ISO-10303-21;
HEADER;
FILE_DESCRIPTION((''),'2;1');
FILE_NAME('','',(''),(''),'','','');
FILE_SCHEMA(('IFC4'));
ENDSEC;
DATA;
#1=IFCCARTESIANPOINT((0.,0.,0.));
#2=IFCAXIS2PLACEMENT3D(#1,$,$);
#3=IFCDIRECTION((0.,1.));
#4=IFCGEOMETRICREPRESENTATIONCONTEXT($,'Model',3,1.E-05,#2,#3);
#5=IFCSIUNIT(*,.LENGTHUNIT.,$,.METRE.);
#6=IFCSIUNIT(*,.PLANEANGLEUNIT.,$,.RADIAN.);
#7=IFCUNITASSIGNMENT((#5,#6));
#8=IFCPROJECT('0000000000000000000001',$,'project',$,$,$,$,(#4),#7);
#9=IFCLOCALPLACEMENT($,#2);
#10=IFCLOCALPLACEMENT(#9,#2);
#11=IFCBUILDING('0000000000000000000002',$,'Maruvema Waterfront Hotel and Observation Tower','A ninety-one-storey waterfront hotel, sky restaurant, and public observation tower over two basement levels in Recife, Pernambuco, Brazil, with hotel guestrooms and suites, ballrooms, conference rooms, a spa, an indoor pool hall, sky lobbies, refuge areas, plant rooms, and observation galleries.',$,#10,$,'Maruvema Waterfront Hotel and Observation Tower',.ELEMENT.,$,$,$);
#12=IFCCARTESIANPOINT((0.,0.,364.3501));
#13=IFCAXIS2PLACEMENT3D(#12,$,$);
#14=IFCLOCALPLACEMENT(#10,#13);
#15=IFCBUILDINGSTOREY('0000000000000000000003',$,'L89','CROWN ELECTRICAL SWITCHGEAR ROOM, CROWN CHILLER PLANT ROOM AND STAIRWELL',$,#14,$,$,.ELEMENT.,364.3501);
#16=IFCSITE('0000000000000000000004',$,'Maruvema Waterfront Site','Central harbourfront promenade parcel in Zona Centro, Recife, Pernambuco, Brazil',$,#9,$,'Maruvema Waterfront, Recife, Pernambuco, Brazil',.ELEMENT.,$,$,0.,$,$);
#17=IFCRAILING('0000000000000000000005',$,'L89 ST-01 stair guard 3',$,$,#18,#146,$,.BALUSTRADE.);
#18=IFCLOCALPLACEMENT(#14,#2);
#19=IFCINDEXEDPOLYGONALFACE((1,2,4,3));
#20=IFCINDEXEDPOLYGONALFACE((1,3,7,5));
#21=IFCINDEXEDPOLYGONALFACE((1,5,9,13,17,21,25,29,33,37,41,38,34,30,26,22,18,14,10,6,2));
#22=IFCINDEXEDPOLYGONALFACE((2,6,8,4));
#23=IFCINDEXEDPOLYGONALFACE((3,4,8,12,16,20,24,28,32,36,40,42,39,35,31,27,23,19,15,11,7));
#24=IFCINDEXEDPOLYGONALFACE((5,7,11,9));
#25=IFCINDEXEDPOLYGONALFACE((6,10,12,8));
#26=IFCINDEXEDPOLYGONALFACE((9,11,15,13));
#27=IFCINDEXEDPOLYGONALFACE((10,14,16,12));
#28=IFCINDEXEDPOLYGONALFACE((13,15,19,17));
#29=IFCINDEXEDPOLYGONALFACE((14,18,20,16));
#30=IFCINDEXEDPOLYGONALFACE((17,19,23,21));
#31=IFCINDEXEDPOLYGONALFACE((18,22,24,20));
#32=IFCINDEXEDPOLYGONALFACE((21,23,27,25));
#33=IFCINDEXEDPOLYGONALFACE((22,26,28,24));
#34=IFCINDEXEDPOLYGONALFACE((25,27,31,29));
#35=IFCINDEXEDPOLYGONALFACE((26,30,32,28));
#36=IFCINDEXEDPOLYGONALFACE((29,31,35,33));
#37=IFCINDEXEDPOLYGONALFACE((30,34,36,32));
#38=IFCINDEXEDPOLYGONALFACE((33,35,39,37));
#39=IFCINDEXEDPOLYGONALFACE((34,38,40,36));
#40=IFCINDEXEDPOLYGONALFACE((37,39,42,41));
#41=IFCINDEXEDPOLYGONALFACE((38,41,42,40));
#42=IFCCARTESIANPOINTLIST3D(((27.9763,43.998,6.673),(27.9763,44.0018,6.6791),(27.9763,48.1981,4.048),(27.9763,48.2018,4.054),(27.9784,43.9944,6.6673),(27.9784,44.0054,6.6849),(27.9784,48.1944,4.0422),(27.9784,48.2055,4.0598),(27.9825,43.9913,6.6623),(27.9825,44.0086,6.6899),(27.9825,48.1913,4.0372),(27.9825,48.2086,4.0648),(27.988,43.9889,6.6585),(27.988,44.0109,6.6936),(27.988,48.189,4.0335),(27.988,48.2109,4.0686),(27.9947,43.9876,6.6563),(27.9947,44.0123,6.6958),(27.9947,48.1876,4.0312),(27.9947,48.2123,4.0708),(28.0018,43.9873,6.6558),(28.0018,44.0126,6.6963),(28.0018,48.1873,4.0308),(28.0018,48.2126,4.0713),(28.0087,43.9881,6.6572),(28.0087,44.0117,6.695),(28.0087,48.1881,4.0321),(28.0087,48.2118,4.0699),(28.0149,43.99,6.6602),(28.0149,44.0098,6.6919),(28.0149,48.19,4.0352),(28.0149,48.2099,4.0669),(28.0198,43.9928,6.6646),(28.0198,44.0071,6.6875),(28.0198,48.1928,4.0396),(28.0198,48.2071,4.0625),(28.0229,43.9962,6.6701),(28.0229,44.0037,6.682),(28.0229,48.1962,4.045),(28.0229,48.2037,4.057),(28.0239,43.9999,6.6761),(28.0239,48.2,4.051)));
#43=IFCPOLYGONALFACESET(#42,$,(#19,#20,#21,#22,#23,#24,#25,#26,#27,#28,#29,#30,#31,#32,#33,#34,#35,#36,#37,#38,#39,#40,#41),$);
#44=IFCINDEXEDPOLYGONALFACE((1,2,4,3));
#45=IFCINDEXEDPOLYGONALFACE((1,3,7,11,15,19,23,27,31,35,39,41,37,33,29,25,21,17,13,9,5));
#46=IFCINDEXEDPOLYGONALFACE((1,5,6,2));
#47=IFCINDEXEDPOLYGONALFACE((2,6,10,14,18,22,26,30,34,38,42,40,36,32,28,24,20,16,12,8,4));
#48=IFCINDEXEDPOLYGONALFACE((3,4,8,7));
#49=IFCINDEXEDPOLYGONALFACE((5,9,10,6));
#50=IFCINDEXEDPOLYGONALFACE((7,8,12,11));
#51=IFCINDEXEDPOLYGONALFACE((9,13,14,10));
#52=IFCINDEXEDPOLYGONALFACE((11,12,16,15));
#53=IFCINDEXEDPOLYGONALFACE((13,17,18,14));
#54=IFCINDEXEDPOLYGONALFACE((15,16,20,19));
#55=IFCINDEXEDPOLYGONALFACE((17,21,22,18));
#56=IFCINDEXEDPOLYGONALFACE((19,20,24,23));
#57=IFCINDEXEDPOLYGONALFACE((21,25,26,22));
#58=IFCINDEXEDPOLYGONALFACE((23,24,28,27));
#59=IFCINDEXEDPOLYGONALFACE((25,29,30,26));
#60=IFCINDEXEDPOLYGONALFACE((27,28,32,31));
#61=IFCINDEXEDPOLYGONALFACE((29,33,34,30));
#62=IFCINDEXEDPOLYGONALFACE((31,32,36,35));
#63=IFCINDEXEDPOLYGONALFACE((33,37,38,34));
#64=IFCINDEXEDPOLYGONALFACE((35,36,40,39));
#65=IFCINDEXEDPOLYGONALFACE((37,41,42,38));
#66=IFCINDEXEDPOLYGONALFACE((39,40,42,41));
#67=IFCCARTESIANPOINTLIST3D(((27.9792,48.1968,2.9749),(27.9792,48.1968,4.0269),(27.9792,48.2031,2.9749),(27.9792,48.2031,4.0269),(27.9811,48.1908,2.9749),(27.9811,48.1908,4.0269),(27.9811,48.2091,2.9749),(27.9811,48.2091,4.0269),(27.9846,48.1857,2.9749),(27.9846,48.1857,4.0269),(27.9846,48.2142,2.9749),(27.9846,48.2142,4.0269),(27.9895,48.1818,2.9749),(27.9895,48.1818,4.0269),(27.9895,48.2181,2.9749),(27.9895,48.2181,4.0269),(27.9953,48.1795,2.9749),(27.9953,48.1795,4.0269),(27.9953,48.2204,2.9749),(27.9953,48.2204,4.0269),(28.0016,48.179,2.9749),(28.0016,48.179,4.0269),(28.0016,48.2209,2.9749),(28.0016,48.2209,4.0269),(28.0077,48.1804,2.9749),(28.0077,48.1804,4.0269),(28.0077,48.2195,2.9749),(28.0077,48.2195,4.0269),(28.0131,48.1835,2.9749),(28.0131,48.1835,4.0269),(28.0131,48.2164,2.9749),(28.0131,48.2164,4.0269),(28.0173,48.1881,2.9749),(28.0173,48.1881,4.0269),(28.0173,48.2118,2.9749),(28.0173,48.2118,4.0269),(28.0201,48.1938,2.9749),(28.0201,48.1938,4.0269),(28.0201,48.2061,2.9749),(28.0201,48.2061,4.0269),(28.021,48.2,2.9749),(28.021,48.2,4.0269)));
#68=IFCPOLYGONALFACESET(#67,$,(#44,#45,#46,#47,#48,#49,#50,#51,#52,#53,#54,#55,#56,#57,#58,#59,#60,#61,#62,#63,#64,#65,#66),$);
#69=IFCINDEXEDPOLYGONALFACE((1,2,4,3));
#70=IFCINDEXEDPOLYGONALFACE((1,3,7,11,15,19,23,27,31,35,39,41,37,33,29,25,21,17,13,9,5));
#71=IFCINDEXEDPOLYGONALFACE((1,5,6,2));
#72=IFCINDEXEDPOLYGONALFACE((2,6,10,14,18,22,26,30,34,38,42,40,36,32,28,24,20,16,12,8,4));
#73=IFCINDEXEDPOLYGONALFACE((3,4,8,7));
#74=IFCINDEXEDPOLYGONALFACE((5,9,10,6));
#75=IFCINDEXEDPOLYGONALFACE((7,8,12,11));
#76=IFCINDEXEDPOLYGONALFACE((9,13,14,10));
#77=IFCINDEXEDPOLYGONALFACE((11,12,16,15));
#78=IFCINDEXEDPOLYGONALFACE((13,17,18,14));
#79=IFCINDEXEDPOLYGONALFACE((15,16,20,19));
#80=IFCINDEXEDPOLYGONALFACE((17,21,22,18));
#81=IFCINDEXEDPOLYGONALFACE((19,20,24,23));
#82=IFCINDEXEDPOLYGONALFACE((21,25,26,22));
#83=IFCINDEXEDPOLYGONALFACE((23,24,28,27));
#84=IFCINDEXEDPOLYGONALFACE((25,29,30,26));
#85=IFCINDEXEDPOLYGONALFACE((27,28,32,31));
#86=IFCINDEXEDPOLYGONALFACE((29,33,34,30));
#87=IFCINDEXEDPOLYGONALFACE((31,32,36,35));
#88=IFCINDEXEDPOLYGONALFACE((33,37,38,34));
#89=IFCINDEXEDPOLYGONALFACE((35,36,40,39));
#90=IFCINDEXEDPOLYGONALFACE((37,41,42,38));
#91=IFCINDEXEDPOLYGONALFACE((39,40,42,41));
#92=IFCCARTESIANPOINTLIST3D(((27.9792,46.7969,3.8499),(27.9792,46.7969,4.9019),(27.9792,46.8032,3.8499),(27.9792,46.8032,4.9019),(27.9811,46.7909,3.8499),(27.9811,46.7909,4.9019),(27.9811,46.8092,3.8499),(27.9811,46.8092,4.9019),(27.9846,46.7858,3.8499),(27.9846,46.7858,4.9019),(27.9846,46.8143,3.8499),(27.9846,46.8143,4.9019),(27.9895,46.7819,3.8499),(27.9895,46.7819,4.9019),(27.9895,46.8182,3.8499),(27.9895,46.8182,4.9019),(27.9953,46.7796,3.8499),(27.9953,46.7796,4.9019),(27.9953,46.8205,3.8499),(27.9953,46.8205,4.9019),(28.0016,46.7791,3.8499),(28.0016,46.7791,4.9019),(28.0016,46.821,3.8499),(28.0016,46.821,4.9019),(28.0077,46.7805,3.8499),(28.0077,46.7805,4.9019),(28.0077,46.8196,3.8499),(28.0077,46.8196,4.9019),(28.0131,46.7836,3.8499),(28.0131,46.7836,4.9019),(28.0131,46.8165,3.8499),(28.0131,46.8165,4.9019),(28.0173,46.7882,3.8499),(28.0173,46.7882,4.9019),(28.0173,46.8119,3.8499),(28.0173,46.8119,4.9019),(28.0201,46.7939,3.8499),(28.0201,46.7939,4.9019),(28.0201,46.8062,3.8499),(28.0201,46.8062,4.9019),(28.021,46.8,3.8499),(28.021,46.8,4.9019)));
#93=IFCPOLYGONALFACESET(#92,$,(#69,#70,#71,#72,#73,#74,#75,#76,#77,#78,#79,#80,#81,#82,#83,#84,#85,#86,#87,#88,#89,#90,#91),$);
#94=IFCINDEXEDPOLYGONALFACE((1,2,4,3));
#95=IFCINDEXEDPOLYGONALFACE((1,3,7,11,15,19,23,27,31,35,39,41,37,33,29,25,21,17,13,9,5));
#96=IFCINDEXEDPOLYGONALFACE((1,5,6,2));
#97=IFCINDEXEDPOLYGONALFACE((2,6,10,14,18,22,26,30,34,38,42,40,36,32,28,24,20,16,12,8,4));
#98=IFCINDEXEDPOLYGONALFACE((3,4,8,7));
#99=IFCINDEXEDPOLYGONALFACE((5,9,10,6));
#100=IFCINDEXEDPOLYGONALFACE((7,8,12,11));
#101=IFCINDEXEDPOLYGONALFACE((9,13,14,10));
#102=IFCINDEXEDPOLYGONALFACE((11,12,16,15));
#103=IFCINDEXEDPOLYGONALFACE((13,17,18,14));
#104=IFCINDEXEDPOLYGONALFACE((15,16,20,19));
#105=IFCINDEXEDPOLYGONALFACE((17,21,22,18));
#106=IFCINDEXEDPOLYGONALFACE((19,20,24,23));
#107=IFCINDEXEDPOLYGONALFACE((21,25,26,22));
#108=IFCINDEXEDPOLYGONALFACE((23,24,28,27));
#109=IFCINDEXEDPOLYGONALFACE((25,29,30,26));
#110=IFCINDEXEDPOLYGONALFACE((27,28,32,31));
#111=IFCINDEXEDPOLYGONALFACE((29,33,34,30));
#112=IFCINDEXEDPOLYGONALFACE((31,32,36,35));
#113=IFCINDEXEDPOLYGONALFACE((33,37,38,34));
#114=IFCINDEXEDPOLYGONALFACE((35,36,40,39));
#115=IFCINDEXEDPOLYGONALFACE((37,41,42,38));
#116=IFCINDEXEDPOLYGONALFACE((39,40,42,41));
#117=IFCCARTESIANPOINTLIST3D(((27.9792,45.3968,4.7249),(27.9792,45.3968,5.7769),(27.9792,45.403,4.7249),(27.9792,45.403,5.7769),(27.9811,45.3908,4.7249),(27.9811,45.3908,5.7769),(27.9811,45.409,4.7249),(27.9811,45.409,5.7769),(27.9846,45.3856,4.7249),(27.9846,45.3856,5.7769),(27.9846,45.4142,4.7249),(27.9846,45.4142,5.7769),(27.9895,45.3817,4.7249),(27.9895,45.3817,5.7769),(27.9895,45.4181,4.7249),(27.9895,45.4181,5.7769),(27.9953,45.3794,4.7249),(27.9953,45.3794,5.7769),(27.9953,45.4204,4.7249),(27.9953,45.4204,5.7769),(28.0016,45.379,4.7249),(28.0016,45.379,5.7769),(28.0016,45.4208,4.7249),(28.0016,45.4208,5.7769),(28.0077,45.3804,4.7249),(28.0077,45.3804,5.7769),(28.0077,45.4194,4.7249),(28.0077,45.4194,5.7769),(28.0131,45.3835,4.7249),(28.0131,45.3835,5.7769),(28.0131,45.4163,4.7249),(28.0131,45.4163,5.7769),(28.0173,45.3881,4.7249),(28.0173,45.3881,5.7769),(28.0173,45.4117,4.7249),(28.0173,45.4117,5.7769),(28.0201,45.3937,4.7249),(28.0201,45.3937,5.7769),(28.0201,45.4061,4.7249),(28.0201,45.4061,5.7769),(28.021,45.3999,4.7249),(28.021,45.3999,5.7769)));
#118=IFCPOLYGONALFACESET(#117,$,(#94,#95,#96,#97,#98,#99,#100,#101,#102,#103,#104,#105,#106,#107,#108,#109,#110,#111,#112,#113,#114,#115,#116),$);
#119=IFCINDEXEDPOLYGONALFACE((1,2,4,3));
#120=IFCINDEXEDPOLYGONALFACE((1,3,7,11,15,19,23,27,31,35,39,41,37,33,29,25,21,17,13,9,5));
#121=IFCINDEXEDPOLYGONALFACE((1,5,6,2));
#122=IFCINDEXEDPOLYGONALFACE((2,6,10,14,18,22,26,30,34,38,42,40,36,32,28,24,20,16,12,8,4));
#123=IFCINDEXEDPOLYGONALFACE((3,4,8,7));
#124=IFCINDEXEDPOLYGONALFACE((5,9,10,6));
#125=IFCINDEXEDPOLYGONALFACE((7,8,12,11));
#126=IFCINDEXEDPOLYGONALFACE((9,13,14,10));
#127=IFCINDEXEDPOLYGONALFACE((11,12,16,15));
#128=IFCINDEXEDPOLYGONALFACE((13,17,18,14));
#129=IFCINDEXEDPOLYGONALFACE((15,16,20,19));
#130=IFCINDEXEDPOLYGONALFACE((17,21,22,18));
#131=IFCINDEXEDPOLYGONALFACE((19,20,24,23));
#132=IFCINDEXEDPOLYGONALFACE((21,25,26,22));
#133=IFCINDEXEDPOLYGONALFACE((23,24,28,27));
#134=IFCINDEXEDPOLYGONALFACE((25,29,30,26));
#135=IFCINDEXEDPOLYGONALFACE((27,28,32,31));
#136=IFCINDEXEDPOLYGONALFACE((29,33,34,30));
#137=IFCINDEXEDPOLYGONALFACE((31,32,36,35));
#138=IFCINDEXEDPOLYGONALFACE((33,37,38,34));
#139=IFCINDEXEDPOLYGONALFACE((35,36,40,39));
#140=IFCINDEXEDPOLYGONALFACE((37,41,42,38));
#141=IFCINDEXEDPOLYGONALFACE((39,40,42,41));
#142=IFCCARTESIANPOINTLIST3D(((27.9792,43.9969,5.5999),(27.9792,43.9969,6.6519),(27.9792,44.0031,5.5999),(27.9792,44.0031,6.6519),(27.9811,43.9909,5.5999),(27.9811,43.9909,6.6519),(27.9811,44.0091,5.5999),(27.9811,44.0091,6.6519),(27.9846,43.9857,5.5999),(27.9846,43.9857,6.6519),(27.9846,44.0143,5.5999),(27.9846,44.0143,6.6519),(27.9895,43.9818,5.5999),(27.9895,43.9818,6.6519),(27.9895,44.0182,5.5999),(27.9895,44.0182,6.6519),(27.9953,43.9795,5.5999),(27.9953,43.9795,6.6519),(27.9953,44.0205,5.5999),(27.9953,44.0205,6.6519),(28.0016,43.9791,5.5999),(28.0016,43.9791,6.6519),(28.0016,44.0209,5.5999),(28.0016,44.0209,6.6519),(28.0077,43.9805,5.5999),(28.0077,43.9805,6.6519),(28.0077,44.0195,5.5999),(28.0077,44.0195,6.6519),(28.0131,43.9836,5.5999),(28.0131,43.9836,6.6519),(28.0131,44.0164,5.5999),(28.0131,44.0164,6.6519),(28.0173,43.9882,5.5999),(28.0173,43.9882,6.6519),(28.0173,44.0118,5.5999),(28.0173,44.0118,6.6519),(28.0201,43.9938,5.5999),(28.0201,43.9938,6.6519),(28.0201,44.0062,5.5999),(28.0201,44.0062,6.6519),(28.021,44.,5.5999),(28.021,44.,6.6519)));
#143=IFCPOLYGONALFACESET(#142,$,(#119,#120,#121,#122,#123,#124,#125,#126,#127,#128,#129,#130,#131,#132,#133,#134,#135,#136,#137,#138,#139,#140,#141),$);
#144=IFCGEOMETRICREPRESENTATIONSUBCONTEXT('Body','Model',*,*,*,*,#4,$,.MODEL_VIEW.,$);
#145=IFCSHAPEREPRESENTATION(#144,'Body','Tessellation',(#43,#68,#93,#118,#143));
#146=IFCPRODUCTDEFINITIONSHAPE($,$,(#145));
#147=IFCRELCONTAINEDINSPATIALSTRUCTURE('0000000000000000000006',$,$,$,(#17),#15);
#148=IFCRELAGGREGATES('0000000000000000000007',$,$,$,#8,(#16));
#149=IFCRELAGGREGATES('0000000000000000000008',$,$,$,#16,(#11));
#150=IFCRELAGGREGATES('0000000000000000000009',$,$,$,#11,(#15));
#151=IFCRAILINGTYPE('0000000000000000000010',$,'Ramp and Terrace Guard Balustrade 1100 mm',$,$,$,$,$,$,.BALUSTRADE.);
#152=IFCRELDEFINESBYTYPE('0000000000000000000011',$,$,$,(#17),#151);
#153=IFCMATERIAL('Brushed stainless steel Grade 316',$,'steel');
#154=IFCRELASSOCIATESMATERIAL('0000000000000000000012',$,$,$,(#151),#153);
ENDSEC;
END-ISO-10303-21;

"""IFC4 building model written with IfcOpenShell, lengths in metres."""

from ifc_helpers import new_model, si_unit, direction, frame, origin, origin_2d, place, context, subcontext, project, spatial, circle, extrude, material, type_object, element, save


model = new_model("IFC4")

# Units and contexts
model_context = context("Model", 3, precision=1e-05, world=origin(), true_north=direction((0.0, 1.0)))
body_context = subcontext(model_context, "Body", "Model", "MODEL_VIEW")
ifc_project = project(units=[si_unit("LENGTHUNIT", "METRE"), si_unit("PLANEANGLEUNIT", "RADIAN")], contexts=[model_context])

# Site, building, storey
site_placement = place(None, origin())
site = spatial("IfcSite", under=ifc_project, at=site_placement, Name="Maruvema Waterfront Site", Description="Central harbourfront promenade parcel in Zona Centro, Recife, Pernambuco, Brazil", LongName="Maruvema Waterfront, Recife, Pernambuco, Brazil", CompositionType="ELEMENT", RefElevation=0.0)
building_placement = place(site_placement, origin())
building = spatial("IfcBuilding", under=site, at=building_placement, Name="Maruvema Waterfront Hotel and Observation Tower", Description="A ninety-one-storey waterfront hotel, sky restaurant, and public observation tower over two basement levels in Recife, Pernambuco, Brazil, with hotel guestrooms and suites, ballrooms, conference rooms, a spa, an indoor pool hall, sky lobbies, refuge areas, plant rooms, and observation galleries.", LongName="Maruvema Waterfront Hotel and Observation Tower", CompositionType="ELEMENT")
storey_placement = place(building_placement, frame((0.0, 0.0, 364.3501)))
storey = spatial("IfcBuildingStorey", under=building, at=storey_placement, Name="L89", Description="CROWN ELECTRICAL SWITCHGEAR ROOM, CROWN CHILLER PLANT ROOM AND STAIRWELL", CompositionType="ELEMENT", Elevation=364.3501)

# Railing
ifc_material_1 = material(Name="Brushed stainless steel Grade 316", Category="steel")
railing_type_1 = type_object("IfcRailingType", Name="Ramp and Terrace Guard Balustrade 1100 mm", PredefinedType="BALUSTRADE", material=ifc_material_1)
railing_1_placement = place(storey_placement, frame((28.0, 48.2, 2.9749)))
element("IfcRailing", 1, at=railing_1_placement, inside=storey, type_object=railing_type_1, Name="L89 ST-01 stair guard 3", PredefinedType="BALUSTRADE", context=body_context, shape_type="SweptSolid", body=[
    extrude(circle(Radius=0.0239, at=origin_2d()), frame((0.0, 0.0, 1.0762), z_axis=(0.0, -0.847996, 0.530003), x_axis=(1.0, 0.0, 0.0)), (0.0, 0.0, 1.0), 4.9529),
    extrude(circle(Radius=0.021, at=origin_2d()), origin(), (0.0, 0.0, 1.0), 1.052),
    extrude(circle(Radius=0.021, at=origin_2d()), frame((0.0, -1.3999, 0.875)), (0.0, 0.0, 1.0), 1.052),
    extrude(circle(Radius=0.021, at=origin_2d()), frame((0.0, -2.8, 1.75)), (0.0, 0.0, 1.0), 1.052),
    extrude(circle(Radius=0.021, at=origin_2d()), frame((0.0, -4.2, 2.625)), (0.0, 0.0, 1.0), 1.052),
])

save(model, "model.ifc")
